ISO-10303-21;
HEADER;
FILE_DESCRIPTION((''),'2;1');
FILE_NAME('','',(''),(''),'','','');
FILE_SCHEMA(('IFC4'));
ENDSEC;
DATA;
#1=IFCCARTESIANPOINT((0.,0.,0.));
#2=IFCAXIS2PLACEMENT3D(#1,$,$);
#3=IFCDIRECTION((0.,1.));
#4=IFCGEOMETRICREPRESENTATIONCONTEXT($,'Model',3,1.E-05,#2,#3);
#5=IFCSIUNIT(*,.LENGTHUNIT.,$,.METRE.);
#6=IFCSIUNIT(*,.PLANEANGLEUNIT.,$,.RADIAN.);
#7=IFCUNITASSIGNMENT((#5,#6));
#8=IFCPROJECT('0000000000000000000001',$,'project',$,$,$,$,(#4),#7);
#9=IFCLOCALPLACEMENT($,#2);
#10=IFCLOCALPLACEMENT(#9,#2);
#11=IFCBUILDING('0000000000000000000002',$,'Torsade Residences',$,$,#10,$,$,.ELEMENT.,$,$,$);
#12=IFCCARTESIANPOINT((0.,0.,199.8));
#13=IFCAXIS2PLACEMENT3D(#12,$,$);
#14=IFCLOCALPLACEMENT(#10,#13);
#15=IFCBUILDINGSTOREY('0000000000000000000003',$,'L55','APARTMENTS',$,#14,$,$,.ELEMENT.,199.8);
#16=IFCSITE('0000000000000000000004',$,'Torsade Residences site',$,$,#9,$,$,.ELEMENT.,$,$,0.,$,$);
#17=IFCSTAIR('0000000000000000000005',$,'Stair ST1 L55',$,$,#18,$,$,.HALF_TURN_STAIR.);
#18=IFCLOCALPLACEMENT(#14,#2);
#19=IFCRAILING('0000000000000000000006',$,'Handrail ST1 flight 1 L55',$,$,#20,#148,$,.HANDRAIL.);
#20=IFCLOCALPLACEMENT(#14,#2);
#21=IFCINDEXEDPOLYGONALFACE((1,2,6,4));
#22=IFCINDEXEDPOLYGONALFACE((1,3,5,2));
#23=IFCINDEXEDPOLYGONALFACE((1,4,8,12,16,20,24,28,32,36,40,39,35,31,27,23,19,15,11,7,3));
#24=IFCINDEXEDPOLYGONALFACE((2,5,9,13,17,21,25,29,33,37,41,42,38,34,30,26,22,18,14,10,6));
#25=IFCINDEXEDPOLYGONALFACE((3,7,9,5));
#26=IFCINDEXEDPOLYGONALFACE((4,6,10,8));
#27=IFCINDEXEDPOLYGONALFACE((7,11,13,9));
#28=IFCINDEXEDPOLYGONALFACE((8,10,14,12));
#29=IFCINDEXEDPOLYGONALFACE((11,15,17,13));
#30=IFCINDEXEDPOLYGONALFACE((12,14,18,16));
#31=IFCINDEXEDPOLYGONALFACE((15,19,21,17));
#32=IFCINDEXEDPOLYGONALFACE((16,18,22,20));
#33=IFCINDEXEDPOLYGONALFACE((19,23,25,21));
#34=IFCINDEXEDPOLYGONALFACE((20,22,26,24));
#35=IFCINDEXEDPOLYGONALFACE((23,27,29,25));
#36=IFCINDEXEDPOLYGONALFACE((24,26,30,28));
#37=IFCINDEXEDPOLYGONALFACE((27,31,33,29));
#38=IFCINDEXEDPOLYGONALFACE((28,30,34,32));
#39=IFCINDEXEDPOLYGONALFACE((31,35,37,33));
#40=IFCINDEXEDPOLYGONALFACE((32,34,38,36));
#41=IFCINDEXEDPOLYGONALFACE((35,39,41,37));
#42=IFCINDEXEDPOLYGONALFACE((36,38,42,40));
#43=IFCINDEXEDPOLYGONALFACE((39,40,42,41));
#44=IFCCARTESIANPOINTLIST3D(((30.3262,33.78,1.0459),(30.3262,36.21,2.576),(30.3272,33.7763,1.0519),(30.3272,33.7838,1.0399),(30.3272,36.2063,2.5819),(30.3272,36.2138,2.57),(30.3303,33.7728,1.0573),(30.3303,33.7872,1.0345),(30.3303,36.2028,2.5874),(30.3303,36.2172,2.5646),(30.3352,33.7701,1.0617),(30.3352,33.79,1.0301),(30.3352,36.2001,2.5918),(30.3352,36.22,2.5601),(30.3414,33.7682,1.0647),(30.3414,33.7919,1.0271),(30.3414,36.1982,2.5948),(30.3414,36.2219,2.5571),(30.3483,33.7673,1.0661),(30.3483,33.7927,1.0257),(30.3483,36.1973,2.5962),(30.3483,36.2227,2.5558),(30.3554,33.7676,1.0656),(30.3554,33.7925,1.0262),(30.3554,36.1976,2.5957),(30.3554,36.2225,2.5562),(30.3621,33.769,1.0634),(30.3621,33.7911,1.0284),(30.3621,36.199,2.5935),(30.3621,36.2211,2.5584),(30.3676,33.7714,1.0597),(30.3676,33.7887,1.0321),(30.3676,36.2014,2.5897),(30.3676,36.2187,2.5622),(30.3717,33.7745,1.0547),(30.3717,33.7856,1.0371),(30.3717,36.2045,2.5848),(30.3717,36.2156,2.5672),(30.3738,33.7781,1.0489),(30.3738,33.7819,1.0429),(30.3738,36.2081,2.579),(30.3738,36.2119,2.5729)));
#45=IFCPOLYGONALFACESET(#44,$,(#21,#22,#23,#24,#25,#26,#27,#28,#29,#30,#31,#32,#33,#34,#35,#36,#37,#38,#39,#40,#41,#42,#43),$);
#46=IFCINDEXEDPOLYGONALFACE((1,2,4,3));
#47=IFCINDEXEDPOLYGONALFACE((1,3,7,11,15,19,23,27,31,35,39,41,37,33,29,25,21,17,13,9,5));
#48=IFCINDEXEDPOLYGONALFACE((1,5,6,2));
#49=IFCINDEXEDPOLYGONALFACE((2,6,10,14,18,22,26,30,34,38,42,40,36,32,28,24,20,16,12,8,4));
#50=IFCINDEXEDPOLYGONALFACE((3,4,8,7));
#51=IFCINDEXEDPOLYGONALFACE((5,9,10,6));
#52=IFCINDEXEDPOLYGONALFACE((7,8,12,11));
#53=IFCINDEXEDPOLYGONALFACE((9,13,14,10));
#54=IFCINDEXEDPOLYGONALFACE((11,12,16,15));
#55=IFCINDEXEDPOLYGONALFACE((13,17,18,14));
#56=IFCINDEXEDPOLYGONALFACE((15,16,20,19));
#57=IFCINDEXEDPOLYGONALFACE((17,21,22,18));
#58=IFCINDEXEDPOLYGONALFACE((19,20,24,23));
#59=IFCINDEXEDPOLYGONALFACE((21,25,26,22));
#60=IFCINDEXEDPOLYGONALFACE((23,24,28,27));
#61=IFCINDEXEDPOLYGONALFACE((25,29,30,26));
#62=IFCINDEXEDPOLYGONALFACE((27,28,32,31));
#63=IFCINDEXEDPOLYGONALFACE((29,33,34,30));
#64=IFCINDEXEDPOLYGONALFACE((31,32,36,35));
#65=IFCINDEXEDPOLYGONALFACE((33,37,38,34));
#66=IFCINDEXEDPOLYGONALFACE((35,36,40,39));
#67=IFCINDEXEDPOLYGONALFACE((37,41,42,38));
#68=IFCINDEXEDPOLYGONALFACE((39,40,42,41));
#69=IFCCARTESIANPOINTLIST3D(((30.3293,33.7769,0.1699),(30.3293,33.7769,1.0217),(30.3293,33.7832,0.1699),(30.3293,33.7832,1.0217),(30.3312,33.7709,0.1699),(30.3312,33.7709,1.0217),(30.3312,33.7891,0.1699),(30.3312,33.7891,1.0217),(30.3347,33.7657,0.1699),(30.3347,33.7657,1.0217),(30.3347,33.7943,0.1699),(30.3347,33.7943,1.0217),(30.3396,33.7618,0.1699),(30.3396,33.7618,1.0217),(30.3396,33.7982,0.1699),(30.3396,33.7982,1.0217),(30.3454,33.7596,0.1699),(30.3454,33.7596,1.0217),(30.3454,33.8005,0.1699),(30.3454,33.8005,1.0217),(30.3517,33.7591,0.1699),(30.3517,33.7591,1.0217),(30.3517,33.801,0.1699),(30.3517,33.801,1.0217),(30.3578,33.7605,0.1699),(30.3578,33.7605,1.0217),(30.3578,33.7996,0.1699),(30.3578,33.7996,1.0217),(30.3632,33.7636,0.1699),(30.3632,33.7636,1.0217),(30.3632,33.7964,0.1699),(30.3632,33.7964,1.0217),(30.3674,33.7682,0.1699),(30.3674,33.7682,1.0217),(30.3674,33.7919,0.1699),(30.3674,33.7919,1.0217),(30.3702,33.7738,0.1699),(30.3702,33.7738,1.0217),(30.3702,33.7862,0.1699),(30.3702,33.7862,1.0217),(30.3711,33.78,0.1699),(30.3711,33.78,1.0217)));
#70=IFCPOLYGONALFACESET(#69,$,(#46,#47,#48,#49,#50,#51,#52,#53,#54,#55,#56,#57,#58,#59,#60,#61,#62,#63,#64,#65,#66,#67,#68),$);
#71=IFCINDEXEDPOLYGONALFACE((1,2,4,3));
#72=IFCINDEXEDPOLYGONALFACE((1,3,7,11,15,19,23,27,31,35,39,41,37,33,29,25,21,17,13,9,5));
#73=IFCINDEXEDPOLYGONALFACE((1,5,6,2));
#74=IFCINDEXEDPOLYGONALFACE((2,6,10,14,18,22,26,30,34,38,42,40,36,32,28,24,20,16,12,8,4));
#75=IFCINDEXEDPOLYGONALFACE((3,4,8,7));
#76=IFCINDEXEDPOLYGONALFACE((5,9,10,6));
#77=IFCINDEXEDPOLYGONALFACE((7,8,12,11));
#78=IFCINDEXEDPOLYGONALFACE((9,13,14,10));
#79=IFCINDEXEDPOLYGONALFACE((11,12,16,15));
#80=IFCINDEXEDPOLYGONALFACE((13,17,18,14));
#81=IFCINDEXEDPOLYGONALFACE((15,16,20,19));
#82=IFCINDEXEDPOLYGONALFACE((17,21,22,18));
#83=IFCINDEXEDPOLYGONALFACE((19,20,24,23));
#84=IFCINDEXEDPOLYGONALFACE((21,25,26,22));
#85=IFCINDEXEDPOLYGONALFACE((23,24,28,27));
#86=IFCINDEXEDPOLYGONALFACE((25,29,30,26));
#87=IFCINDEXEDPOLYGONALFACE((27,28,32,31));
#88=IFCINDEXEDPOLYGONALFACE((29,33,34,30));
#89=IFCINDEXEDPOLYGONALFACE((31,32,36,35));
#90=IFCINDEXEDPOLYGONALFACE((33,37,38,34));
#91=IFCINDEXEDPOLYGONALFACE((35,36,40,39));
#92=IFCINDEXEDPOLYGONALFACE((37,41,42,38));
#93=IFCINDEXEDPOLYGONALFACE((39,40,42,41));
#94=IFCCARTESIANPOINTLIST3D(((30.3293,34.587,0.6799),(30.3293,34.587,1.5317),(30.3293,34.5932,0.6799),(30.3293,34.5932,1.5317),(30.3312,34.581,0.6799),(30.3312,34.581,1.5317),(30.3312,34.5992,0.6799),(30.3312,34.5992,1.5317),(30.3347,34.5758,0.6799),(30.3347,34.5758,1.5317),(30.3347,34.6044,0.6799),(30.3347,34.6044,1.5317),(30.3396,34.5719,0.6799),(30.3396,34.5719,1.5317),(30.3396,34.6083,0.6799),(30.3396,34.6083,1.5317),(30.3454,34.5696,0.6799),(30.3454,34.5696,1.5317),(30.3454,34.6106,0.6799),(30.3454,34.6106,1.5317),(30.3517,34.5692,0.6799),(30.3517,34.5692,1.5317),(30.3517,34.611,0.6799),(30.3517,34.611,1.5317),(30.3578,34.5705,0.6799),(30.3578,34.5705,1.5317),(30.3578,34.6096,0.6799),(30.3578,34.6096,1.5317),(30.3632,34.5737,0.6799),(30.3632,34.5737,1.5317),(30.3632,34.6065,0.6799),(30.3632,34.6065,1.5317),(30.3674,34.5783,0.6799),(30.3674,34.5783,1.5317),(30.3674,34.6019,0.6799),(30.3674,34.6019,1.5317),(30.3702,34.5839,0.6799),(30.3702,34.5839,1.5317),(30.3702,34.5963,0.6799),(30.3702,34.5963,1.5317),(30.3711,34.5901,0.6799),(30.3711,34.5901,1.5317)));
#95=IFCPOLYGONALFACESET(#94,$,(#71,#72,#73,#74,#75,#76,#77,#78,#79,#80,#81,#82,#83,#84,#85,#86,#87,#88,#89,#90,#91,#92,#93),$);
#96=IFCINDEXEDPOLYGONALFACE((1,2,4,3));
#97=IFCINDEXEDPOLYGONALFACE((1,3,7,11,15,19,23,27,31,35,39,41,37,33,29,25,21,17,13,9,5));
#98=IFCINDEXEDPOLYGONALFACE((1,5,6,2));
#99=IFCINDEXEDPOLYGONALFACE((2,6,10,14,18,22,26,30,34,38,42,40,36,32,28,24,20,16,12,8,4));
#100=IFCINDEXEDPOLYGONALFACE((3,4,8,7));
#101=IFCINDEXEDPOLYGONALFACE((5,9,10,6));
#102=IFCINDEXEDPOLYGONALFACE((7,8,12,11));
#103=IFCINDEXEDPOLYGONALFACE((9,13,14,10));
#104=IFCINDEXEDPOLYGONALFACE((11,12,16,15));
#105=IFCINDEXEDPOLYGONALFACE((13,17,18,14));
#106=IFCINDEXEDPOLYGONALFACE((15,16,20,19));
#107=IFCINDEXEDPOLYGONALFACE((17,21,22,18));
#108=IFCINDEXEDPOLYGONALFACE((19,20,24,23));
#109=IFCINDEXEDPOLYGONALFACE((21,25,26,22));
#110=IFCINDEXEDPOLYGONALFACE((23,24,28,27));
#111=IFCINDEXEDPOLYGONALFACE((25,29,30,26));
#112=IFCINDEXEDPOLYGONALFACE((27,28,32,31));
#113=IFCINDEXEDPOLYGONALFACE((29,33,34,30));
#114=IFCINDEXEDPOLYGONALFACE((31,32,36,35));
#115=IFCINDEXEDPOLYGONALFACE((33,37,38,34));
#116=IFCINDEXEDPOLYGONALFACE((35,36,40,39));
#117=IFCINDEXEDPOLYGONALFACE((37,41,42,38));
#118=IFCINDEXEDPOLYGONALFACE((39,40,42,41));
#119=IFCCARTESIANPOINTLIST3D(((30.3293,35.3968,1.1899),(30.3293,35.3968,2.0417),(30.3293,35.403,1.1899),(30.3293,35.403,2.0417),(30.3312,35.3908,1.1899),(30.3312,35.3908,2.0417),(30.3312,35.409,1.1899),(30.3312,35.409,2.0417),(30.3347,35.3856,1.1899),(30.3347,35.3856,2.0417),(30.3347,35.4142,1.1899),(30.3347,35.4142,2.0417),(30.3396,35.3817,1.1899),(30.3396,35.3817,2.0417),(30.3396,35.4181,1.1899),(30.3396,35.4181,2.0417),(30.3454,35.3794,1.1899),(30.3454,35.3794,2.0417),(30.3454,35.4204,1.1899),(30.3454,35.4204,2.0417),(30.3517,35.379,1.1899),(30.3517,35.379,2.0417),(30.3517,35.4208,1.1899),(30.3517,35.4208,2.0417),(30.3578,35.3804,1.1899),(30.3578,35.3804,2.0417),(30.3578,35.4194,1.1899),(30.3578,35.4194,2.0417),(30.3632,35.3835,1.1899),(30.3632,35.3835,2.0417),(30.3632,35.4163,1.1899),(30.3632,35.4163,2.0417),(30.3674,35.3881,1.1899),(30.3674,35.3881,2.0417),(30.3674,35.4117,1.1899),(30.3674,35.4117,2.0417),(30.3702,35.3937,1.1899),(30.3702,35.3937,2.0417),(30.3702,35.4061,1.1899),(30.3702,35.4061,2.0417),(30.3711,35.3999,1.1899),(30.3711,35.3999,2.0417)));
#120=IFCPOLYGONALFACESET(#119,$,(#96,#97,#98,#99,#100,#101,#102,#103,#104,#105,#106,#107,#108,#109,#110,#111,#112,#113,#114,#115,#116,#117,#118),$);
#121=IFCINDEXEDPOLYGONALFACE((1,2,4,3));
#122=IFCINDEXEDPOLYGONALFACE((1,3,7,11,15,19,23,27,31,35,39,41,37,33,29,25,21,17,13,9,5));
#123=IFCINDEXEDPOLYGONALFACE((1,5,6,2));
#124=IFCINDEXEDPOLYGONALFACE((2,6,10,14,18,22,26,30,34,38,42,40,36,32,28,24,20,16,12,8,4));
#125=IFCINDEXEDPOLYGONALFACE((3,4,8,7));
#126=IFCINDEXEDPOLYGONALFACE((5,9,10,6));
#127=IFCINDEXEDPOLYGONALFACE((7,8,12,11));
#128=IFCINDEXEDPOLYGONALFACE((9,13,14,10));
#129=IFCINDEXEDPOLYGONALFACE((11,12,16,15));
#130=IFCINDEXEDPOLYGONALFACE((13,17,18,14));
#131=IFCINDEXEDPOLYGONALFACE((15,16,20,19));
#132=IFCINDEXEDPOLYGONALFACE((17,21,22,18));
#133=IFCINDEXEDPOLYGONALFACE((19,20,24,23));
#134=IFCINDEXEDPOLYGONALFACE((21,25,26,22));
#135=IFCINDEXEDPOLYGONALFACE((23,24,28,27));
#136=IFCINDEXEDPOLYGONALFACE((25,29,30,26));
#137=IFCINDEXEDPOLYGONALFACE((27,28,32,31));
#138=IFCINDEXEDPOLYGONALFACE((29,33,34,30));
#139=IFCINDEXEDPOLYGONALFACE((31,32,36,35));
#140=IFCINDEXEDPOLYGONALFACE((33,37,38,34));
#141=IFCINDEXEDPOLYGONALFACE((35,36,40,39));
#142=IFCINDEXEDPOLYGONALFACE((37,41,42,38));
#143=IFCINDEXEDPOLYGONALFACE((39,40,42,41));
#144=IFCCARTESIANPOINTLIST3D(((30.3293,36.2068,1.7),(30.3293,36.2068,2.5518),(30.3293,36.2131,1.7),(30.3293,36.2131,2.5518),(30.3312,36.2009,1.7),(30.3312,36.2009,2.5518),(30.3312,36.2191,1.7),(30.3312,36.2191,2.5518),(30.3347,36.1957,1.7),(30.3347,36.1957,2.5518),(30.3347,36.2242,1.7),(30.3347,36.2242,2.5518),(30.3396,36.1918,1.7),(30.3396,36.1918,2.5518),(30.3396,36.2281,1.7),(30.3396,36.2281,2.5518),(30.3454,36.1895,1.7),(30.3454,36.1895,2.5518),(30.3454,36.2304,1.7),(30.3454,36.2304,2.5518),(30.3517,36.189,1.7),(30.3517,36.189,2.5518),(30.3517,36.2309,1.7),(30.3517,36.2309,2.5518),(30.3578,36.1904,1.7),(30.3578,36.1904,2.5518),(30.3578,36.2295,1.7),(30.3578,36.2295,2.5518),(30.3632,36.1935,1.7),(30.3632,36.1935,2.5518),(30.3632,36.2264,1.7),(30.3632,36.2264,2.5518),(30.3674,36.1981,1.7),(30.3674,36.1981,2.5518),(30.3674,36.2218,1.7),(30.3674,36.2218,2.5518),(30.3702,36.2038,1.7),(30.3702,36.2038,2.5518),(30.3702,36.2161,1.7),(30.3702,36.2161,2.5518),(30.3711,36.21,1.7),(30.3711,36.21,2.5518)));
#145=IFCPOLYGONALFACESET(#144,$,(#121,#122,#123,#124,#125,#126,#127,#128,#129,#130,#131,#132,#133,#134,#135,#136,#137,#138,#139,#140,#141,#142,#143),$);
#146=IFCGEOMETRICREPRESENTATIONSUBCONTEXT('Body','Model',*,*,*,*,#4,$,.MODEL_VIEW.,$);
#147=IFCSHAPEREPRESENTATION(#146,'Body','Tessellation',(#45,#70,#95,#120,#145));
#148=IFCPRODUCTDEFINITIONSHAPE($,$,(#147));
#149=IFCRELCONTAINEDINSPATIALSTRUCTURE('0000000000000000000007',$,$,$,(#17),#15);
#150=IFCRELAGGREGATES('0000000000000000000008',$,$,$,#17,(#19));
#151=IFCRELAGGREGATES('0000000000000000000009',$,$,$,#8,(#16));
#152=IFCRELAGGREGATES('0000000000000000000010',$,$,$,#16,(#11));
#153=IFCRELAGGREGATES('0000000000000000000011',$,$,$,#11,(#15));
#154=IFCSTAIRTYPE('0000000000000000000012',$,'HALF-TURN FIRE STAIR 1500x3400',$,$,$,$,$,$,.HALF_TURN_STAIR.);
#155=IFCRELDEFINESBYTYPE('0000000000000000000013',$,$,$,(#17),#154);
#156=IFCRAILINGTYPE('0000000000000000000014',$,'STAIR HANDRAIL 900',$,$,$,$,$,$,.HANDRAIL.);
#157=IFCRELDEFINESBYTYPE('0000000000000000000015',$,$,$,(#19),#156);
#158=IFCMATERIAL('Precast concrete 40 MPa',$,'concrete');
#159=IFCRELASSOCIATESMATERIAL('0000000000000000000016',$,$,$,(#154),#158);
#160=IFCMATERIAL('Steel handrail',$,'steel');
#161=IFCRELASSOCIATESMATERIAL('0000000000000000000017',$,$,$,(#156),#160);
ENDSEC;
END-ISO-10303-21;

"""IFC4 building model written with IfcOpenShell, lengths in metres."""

from ifc_helpers import new_model, si_unit, direction, frame, origin, origin_2d, place, context, subcontext, project, spatial, circle, extrude, material, type_object, element, aggregate, save


model = new_model("IFC4")

# Units and contexts
model_context = context("Model", 3, precision=1e-05, world=origin(), true_north=direction((0.0, 1.0)))
body_context = subcontext(model_context, "Body", "Model", "MODEL_VIEW")
ifc_project = project(units=[si_unit("LENGTHUNIT", "METRE"), si_unit("PLANEANGLEUNIT", "RADIAN")], contexts=[model_context])

# Site, building, storey
site_placement = place(None, origin())
site = spatial("IfcSite", under=ifc_project, at=site_placement, Name="Torsade Residences site", CompositionType="ELEMENT", RefElevation=0.0)
building_placement = place(site_placement, origin())
building = spatial("IfcBuilding", under=site, at=building_placement, Name="Torsade Residences", CompositionType="ELEMENT")
storey_placement = place(building_placement, frame((0.0, 0.0, 199.8)))
storey = spatial("IfcBuildingStorey", under=building, at=storey_placement, Name="L55", Description="APARTMENTS", CompositionType="ELEMENT", Elevation=199.8)

# Stair, railing
ifc_material_1 = material(Name="Precast concrete 40 MPa", Category="concrete")
stair_type = type_object("IfcStairType", Name="HALF-TURN FIRE STAIR 1500x3400", PredefinedType="HALF_TURN_STAIR", material=ifc_material_1)
stair_placement = place(storey_placement, origin())
stair = element("IfcStair", 1, at=stair_placement, inside=storey, type_object=stair_type, Name="Stair ST1 L55", PredefinedType="HALF_TURN_STAIR")
ifc_material_2 = material(Name="Steel handrail", Category="steel")
railing_type = type_object("IfcRailingType", Name="STAIR HANDRAIL 900", PredefinedType="HANDRAIL", material=ifc_material_2)
railing_1_placement = place(storey_placement, frame((30.3501, 33.78, 0.1699)))
railing_1 = element("IfcRailing", 2, at=railing_1_placement, type_object=railing_type, Name="Handrail ST1 flight 1 L55", PredefinedType="HANDRAIL", context=body_context, shape_type="SweptSolid", body=[
    extrude(circle(Radius=0.0239, at=origin_2d()), frame((0.0, 0.0, 0.876), z_axis=(0.0, 0.846221, 0.532831), x_axis=(-1.0, 0.0, 0.0)), (0.0, 0.0, 1.0), 2.8716),
    extrude(circle(Radius=0.021, at=origin_2d()), origin(), (0.0, 0.0, 1.0), 0.8518),
    extrude(circle(Radius=0.021, at=origin_2d()), frame((0.0, 0.8101, 0.51)), (0.0, 0.0, 1.0), 0.8518),
    extrude(circle(Radius=0.021, at=origin_2d()), frame((0.0, 1.6199, 1.02)), (0.0, 0.0, 1.0), 0.8518),
    extrude(circle(Radius=0.021, at=origin_2d()), frame((0.0, 2.4299, 1.53)), (0.0, 0.0, 1.0), 0.8518),
])
aggregate(stair, [railing_1])

save(model, "model.ifc")
